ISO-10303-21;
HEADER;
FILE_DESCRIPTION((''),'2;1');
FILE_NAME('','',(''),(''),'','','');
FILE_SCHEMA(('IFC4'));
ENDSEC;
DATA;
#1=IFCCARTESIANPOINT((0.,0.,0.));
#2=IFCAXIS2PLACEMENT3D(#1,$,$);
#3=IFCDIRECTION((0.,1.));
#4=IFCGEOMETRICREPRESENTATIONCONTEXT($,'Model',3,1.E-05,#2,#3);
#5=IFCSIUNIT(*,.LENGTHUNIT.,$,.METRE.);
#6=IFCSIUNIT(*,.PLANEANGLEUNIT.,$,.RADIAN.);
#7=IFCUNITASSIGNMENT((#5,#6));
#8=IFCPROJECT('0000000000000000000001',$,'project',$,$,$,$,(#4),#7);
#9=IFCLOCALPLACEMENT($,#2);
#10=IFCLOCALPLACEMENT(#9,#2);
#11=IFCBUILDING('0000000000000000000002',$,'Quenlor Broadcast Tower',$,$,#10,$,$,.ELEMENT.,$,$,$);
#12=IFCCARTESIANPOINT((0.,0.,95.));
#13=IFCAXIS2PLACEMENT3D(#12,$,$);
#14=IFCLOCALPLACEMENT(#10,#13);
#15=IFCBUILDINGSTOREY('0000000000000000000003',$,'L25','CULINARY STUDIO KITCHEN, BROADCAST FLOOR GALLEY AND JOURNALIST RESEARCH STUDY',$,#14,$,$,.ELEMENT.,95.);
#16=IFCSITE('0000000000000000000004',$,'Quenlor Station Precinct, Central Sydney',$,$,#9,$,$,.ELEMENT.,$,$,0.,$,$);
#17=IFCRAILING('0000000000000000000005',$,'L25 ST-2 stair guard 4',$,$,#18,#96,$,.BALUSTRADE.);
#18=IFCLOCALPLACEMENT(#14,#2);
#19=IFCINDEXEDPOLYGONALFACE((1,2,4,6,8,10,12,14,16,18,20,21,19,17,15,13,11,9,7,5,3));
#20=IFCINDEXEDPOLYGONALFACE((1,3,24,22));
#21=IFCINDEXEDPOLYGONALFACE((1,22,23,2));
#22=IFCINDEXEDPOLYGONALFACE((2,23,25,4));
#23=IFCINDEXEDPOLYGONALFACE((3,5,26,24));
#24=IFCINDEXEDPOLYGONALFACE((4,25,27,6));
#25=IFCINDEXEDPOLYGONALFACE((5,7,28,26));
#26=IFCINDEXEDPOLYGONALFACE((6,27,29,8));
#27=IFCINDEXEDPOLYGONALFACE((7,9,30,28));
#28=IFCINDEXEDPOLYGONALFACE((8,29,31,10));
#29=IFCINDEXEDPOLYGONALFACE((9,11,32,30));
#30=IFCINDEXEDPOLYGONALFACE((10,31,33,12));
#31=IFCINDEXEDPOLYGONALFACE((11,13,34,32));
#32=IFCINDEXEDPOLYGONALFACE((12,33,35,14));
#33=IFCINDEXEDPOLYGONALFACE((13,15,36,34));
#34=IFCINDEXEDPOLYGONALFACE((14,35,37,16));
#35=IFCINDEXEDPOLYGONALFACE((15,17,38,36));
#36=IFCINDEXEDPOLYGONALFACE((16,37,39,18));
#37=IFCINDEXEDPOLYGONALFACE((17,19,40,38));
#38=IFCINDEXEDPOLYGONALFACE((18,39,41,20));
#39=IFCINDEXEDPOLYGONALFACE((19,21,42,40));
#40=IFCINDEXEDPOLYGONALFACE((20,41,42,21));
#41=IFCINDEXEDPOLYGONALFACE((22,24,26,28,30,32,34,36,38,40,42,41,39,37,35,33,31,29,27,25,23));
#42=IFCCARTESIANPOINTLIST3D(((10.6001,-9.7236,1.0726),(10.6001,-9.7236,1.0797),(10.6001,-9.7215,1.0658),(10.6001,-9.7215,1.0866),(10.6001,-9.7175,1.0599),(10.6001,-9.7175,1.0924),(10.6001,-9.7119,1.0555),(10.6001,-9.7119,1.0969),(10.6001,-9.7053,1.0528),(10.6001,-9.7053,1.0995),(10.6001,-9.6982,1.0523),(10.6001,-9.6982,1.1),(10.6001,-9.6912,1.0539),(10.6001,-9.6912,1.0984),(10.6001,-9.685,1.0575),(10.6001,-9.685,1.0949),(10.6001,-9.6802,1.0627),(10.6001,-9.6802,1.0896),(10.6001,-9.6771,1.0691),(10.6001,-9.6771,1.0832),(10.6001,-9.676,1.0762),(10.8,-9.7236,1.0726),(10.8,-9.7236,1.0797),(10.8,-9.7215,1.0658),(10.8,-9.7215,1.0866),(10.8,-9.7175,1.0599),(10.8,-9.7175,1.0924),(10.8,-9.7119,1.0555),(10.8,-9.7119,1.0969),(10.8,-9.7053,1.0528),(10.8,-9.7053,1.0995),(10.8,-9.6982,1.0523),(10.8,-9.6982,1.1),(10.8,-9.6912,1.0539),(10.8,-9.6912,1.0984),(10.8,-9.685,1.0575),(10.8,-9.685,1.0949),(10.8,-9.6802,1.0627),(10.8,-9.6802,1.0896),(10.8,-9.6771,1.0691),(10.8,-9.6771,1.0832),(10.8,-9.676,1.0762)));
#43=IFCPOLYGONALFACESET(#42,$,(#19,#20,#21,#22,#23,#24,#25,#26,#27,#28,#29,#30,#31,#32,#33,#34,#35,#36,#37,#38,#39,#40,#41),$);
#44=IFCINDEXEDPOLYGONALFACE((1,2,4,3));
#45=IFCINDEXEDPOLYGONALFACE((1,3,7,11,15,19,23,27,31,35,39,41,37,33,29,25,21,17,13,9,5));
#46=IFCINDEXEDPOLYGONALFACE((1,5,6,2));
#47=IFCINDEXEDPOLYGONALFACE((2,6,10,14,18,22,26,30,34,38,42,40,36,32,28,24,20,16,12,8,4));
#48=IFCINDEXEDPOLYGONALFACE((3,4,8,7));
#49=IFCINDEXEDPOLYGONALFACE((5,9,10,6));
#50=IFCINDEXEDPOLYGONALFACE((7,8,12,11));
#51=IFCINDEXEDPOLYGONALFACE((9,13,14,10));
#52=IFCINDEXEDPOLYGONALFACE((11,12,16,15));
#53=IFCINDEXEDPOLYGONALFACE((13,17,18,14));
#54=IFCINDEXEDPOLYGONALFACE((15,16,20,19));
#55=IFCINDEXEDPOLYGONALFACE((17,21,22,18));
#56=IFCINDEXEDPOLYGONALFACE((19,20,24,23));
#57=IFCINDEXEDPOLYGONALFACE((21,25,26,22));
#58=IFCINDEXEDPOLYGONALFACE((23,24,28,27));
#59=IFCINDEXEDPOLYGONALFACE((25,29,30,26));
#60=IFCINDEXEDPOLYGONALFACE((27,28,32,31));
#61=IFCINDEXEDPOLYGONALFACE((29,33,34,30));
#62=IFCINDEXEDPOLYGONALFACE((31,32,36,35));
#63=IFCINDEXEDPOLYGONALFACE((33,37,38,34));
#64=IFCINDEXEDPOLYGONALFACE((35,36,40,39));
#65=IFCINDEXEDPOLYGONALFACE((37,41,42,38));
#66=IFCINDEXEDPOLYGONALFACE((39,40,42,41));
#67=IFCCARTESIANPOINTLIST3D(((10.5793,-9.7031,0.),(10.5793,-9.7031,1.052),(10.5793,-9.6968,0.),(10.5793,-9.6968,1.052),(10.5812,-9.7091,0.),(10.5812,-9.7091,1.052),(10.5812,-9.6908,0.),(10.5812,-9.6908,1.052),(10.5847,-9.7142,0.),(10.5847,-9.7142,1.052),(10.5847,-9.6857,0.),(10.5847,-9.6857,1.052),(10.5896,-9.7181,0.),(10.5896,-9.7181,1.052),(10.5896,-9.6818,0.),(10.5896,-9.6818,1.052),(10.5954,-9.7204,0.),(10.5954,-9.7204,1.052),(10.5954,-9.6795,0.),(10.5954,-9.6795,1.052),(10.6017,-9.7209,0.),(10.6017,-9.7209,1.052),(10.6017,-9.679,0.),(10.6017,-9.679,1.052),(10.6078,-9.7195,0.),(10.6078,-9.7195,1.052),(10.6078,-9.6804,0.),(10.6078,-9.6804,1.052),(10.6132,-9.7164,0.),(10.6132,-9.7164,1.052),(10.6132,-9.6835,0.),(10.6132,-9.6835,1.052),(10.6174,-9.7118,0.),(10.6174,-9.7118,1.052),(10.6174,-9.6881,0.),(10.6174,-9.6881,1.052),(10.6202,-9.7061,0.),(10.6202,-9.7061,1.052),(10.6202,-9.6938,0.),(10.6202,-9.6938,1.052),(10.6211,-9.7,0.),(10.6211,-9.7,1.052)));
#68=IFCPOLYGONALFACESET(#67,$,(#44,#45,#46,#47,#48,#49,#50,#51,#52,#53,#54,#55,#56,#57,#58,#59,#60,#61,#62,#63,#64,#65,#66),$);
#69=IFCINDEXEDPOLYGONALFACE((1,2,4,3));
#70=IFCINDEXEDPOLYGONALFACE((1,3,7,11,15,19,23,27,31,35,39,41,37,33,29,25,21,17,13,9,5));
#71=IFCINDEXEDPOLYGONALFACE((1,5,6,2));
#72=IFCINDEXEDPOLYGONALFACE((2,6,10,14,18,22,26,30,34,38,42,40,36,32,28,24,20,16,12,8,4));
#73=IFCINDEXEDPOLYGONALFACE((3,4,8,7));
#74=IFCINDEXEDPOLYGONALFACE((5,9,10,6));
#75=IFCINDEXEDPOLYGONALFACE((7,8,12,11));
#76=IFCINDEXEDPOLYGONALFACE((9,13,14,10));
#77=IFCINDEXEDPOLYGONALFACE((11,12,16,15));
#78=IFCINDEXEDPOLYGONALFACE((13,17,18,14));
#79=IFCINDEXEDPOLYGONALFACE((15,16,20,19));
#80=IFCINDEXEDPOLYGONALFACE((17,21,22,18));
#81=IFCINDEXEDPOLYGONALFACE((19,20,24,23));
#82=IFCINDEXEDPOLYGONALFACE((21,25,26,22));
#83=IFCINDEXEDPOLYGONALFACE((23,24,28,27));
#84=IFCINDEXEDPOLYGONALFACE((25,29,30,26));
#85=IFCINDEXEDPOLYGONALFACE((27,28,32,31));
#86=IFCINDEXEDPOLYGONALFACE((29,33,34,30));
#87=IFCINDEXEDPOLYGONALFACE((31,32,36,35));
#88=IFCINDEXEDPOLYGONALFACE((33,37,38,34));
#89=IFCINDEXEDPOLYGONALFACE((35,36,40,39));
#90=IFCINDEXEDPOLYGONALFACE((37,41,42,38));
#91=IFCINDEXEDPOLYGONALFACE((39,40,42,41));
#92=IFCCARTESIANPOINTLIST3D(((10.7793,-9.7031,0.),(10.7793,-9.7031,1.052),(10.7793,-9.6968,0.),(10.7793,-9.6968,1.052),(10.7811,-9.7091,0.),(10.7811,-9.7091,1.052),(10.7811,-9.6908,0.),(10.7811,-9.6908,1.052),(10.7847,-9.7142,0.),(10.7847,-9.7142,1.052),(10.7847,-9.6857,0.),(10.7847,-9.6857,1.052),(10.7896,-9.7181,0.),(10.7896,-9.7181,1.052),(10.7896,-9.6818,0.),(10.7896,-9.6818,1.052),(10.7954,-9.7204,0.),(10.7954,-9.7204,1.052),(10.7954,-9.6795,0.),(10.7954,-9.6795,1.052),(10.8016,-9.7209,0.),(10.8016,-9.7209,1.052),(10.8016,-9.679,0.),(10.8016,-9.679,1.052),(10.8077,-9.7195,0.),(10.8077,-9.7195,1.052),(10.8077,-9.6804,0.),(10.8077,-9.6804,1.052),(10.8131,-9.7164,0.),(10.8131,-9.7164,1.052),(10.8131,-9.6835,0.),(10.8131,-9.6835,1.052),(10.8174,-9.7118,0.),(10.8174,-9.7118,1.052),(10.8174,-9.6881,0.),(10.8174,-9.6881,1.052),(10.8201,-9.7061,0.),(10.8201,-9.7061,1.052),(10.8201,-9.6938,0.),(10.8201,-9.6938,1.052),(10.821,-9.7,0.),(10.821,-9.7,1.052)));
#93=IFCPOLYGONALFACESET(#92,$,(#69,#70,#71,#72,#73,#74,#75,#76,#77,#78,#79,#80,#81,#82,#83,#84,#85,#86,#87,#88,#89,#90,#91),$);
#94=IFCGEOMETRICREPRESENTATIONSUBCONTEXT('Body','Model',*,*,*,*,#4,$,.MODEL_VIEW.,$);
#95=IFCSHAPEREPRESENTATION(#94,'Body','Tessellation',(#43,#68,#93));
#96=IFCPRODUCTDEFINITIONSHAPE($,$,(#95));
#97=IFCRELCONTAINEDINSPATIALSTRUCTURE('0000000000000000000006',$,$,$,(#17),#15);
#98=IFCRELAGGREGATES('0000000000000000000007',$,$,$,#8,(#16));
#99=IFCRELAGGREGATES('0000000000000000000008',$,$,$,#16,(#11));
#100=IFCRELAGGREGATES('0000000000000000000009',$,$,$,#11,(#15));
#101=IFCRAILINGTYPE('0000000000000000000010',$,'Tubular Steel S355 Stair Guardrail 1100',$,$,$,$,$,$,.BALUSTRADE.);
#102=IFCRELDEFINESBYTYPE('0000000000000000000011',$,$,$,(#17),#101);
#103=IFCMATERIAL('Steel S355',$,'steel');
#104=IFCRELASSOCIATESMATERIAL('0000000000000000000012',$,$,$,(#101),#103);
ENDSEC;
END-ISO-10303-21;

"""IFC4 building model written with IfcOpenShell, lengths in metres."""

from ifc_helpers import new_model, si_unit, direction, frame, origin, origin_2d, place, context, subcontext, project, spatial, circle, extrude, material, type_object, element, save


model = new_model("IFC4")

# Units and contexts
model_context = context("Model", 3, precision=1e-05, world=origin(), true_north=direction((0.0, 1.0)))
body_context = subcontext(model_context, "Body", "Model", "MODEL_VIEW")
ifc_project = project(units=[si_unit("LENGTHUNIT", "METRE"), si_unit("PLANEANGLEUNIT", "RADIAN")], contexts=[model_context])

# Site, building, storey
site_placement = place(None, origin())
site = spatial("IfcSite", under=ifc_project, at=site_placement, Name="Quenlor Station Precinct, Central Sydney", CompositionType="ELEMENT", RefElevation=0.0)
building_placement = place(site_placement, origin())
building = spatial("IfcBuilding", under=site, at=building_placement, Name="Quenlor Broadcast Tower", CompositionType="ELEMENT")
storey_placement = place(building_placement, frame((0.0, 0.0, 95.0)))
storey = spatial("IfcBuildingStorey", under=building, at=storey_placement, Name="L25", Description="CULINARY STUDIO KITCHEN, BROADCAST FLOOR GALLEY AND JOURNALIST RESEARCH STUDY", CompositionType="ELEMENT", Elevation=95.0)

# Railing
ifc_material_1 = material(Name="Steel S355", Category="steel")
railing_type_1 = type_object("IfcRailingType", Name="Tubular Steel S355 Stair Guardrail 1100", PredefinedType="BALUSTRADE", material=ifc_material_1)
railing_1_placement = place(storey_placement, frame((10.6001, -9.7, 0.0)))
element("IfcRailing", 1, at=railing_1_placement, inside=storey, type_object=railing_type_1, Name="L25 ST-2 stair guard 4", PredefinedType="BALUSTRADE", context=body_context, shape_type="SweptSolid", body=[
    extrude(circle(Radius=0.0239, at=origin_2d()), frame((0.0, 0.0, 1.0762), z_axis=(1.0, 0.0, 0.0), x_axis=(0.0, 1.0, 0.0)), (0.0, 0.0, 1.0), 0.2),
    extrude(circle(Radius=0.021, at=origin_2d()), origin(), (0.0, 0.0, 1.0), 1.052),
    extrude(circle(Radius=0.021, at=origin_2d()), frame((0.2, 0.0, 0.0)), (0.0, 0.0, 1.0), 1.052),
])

save(model, "model.ifc")
